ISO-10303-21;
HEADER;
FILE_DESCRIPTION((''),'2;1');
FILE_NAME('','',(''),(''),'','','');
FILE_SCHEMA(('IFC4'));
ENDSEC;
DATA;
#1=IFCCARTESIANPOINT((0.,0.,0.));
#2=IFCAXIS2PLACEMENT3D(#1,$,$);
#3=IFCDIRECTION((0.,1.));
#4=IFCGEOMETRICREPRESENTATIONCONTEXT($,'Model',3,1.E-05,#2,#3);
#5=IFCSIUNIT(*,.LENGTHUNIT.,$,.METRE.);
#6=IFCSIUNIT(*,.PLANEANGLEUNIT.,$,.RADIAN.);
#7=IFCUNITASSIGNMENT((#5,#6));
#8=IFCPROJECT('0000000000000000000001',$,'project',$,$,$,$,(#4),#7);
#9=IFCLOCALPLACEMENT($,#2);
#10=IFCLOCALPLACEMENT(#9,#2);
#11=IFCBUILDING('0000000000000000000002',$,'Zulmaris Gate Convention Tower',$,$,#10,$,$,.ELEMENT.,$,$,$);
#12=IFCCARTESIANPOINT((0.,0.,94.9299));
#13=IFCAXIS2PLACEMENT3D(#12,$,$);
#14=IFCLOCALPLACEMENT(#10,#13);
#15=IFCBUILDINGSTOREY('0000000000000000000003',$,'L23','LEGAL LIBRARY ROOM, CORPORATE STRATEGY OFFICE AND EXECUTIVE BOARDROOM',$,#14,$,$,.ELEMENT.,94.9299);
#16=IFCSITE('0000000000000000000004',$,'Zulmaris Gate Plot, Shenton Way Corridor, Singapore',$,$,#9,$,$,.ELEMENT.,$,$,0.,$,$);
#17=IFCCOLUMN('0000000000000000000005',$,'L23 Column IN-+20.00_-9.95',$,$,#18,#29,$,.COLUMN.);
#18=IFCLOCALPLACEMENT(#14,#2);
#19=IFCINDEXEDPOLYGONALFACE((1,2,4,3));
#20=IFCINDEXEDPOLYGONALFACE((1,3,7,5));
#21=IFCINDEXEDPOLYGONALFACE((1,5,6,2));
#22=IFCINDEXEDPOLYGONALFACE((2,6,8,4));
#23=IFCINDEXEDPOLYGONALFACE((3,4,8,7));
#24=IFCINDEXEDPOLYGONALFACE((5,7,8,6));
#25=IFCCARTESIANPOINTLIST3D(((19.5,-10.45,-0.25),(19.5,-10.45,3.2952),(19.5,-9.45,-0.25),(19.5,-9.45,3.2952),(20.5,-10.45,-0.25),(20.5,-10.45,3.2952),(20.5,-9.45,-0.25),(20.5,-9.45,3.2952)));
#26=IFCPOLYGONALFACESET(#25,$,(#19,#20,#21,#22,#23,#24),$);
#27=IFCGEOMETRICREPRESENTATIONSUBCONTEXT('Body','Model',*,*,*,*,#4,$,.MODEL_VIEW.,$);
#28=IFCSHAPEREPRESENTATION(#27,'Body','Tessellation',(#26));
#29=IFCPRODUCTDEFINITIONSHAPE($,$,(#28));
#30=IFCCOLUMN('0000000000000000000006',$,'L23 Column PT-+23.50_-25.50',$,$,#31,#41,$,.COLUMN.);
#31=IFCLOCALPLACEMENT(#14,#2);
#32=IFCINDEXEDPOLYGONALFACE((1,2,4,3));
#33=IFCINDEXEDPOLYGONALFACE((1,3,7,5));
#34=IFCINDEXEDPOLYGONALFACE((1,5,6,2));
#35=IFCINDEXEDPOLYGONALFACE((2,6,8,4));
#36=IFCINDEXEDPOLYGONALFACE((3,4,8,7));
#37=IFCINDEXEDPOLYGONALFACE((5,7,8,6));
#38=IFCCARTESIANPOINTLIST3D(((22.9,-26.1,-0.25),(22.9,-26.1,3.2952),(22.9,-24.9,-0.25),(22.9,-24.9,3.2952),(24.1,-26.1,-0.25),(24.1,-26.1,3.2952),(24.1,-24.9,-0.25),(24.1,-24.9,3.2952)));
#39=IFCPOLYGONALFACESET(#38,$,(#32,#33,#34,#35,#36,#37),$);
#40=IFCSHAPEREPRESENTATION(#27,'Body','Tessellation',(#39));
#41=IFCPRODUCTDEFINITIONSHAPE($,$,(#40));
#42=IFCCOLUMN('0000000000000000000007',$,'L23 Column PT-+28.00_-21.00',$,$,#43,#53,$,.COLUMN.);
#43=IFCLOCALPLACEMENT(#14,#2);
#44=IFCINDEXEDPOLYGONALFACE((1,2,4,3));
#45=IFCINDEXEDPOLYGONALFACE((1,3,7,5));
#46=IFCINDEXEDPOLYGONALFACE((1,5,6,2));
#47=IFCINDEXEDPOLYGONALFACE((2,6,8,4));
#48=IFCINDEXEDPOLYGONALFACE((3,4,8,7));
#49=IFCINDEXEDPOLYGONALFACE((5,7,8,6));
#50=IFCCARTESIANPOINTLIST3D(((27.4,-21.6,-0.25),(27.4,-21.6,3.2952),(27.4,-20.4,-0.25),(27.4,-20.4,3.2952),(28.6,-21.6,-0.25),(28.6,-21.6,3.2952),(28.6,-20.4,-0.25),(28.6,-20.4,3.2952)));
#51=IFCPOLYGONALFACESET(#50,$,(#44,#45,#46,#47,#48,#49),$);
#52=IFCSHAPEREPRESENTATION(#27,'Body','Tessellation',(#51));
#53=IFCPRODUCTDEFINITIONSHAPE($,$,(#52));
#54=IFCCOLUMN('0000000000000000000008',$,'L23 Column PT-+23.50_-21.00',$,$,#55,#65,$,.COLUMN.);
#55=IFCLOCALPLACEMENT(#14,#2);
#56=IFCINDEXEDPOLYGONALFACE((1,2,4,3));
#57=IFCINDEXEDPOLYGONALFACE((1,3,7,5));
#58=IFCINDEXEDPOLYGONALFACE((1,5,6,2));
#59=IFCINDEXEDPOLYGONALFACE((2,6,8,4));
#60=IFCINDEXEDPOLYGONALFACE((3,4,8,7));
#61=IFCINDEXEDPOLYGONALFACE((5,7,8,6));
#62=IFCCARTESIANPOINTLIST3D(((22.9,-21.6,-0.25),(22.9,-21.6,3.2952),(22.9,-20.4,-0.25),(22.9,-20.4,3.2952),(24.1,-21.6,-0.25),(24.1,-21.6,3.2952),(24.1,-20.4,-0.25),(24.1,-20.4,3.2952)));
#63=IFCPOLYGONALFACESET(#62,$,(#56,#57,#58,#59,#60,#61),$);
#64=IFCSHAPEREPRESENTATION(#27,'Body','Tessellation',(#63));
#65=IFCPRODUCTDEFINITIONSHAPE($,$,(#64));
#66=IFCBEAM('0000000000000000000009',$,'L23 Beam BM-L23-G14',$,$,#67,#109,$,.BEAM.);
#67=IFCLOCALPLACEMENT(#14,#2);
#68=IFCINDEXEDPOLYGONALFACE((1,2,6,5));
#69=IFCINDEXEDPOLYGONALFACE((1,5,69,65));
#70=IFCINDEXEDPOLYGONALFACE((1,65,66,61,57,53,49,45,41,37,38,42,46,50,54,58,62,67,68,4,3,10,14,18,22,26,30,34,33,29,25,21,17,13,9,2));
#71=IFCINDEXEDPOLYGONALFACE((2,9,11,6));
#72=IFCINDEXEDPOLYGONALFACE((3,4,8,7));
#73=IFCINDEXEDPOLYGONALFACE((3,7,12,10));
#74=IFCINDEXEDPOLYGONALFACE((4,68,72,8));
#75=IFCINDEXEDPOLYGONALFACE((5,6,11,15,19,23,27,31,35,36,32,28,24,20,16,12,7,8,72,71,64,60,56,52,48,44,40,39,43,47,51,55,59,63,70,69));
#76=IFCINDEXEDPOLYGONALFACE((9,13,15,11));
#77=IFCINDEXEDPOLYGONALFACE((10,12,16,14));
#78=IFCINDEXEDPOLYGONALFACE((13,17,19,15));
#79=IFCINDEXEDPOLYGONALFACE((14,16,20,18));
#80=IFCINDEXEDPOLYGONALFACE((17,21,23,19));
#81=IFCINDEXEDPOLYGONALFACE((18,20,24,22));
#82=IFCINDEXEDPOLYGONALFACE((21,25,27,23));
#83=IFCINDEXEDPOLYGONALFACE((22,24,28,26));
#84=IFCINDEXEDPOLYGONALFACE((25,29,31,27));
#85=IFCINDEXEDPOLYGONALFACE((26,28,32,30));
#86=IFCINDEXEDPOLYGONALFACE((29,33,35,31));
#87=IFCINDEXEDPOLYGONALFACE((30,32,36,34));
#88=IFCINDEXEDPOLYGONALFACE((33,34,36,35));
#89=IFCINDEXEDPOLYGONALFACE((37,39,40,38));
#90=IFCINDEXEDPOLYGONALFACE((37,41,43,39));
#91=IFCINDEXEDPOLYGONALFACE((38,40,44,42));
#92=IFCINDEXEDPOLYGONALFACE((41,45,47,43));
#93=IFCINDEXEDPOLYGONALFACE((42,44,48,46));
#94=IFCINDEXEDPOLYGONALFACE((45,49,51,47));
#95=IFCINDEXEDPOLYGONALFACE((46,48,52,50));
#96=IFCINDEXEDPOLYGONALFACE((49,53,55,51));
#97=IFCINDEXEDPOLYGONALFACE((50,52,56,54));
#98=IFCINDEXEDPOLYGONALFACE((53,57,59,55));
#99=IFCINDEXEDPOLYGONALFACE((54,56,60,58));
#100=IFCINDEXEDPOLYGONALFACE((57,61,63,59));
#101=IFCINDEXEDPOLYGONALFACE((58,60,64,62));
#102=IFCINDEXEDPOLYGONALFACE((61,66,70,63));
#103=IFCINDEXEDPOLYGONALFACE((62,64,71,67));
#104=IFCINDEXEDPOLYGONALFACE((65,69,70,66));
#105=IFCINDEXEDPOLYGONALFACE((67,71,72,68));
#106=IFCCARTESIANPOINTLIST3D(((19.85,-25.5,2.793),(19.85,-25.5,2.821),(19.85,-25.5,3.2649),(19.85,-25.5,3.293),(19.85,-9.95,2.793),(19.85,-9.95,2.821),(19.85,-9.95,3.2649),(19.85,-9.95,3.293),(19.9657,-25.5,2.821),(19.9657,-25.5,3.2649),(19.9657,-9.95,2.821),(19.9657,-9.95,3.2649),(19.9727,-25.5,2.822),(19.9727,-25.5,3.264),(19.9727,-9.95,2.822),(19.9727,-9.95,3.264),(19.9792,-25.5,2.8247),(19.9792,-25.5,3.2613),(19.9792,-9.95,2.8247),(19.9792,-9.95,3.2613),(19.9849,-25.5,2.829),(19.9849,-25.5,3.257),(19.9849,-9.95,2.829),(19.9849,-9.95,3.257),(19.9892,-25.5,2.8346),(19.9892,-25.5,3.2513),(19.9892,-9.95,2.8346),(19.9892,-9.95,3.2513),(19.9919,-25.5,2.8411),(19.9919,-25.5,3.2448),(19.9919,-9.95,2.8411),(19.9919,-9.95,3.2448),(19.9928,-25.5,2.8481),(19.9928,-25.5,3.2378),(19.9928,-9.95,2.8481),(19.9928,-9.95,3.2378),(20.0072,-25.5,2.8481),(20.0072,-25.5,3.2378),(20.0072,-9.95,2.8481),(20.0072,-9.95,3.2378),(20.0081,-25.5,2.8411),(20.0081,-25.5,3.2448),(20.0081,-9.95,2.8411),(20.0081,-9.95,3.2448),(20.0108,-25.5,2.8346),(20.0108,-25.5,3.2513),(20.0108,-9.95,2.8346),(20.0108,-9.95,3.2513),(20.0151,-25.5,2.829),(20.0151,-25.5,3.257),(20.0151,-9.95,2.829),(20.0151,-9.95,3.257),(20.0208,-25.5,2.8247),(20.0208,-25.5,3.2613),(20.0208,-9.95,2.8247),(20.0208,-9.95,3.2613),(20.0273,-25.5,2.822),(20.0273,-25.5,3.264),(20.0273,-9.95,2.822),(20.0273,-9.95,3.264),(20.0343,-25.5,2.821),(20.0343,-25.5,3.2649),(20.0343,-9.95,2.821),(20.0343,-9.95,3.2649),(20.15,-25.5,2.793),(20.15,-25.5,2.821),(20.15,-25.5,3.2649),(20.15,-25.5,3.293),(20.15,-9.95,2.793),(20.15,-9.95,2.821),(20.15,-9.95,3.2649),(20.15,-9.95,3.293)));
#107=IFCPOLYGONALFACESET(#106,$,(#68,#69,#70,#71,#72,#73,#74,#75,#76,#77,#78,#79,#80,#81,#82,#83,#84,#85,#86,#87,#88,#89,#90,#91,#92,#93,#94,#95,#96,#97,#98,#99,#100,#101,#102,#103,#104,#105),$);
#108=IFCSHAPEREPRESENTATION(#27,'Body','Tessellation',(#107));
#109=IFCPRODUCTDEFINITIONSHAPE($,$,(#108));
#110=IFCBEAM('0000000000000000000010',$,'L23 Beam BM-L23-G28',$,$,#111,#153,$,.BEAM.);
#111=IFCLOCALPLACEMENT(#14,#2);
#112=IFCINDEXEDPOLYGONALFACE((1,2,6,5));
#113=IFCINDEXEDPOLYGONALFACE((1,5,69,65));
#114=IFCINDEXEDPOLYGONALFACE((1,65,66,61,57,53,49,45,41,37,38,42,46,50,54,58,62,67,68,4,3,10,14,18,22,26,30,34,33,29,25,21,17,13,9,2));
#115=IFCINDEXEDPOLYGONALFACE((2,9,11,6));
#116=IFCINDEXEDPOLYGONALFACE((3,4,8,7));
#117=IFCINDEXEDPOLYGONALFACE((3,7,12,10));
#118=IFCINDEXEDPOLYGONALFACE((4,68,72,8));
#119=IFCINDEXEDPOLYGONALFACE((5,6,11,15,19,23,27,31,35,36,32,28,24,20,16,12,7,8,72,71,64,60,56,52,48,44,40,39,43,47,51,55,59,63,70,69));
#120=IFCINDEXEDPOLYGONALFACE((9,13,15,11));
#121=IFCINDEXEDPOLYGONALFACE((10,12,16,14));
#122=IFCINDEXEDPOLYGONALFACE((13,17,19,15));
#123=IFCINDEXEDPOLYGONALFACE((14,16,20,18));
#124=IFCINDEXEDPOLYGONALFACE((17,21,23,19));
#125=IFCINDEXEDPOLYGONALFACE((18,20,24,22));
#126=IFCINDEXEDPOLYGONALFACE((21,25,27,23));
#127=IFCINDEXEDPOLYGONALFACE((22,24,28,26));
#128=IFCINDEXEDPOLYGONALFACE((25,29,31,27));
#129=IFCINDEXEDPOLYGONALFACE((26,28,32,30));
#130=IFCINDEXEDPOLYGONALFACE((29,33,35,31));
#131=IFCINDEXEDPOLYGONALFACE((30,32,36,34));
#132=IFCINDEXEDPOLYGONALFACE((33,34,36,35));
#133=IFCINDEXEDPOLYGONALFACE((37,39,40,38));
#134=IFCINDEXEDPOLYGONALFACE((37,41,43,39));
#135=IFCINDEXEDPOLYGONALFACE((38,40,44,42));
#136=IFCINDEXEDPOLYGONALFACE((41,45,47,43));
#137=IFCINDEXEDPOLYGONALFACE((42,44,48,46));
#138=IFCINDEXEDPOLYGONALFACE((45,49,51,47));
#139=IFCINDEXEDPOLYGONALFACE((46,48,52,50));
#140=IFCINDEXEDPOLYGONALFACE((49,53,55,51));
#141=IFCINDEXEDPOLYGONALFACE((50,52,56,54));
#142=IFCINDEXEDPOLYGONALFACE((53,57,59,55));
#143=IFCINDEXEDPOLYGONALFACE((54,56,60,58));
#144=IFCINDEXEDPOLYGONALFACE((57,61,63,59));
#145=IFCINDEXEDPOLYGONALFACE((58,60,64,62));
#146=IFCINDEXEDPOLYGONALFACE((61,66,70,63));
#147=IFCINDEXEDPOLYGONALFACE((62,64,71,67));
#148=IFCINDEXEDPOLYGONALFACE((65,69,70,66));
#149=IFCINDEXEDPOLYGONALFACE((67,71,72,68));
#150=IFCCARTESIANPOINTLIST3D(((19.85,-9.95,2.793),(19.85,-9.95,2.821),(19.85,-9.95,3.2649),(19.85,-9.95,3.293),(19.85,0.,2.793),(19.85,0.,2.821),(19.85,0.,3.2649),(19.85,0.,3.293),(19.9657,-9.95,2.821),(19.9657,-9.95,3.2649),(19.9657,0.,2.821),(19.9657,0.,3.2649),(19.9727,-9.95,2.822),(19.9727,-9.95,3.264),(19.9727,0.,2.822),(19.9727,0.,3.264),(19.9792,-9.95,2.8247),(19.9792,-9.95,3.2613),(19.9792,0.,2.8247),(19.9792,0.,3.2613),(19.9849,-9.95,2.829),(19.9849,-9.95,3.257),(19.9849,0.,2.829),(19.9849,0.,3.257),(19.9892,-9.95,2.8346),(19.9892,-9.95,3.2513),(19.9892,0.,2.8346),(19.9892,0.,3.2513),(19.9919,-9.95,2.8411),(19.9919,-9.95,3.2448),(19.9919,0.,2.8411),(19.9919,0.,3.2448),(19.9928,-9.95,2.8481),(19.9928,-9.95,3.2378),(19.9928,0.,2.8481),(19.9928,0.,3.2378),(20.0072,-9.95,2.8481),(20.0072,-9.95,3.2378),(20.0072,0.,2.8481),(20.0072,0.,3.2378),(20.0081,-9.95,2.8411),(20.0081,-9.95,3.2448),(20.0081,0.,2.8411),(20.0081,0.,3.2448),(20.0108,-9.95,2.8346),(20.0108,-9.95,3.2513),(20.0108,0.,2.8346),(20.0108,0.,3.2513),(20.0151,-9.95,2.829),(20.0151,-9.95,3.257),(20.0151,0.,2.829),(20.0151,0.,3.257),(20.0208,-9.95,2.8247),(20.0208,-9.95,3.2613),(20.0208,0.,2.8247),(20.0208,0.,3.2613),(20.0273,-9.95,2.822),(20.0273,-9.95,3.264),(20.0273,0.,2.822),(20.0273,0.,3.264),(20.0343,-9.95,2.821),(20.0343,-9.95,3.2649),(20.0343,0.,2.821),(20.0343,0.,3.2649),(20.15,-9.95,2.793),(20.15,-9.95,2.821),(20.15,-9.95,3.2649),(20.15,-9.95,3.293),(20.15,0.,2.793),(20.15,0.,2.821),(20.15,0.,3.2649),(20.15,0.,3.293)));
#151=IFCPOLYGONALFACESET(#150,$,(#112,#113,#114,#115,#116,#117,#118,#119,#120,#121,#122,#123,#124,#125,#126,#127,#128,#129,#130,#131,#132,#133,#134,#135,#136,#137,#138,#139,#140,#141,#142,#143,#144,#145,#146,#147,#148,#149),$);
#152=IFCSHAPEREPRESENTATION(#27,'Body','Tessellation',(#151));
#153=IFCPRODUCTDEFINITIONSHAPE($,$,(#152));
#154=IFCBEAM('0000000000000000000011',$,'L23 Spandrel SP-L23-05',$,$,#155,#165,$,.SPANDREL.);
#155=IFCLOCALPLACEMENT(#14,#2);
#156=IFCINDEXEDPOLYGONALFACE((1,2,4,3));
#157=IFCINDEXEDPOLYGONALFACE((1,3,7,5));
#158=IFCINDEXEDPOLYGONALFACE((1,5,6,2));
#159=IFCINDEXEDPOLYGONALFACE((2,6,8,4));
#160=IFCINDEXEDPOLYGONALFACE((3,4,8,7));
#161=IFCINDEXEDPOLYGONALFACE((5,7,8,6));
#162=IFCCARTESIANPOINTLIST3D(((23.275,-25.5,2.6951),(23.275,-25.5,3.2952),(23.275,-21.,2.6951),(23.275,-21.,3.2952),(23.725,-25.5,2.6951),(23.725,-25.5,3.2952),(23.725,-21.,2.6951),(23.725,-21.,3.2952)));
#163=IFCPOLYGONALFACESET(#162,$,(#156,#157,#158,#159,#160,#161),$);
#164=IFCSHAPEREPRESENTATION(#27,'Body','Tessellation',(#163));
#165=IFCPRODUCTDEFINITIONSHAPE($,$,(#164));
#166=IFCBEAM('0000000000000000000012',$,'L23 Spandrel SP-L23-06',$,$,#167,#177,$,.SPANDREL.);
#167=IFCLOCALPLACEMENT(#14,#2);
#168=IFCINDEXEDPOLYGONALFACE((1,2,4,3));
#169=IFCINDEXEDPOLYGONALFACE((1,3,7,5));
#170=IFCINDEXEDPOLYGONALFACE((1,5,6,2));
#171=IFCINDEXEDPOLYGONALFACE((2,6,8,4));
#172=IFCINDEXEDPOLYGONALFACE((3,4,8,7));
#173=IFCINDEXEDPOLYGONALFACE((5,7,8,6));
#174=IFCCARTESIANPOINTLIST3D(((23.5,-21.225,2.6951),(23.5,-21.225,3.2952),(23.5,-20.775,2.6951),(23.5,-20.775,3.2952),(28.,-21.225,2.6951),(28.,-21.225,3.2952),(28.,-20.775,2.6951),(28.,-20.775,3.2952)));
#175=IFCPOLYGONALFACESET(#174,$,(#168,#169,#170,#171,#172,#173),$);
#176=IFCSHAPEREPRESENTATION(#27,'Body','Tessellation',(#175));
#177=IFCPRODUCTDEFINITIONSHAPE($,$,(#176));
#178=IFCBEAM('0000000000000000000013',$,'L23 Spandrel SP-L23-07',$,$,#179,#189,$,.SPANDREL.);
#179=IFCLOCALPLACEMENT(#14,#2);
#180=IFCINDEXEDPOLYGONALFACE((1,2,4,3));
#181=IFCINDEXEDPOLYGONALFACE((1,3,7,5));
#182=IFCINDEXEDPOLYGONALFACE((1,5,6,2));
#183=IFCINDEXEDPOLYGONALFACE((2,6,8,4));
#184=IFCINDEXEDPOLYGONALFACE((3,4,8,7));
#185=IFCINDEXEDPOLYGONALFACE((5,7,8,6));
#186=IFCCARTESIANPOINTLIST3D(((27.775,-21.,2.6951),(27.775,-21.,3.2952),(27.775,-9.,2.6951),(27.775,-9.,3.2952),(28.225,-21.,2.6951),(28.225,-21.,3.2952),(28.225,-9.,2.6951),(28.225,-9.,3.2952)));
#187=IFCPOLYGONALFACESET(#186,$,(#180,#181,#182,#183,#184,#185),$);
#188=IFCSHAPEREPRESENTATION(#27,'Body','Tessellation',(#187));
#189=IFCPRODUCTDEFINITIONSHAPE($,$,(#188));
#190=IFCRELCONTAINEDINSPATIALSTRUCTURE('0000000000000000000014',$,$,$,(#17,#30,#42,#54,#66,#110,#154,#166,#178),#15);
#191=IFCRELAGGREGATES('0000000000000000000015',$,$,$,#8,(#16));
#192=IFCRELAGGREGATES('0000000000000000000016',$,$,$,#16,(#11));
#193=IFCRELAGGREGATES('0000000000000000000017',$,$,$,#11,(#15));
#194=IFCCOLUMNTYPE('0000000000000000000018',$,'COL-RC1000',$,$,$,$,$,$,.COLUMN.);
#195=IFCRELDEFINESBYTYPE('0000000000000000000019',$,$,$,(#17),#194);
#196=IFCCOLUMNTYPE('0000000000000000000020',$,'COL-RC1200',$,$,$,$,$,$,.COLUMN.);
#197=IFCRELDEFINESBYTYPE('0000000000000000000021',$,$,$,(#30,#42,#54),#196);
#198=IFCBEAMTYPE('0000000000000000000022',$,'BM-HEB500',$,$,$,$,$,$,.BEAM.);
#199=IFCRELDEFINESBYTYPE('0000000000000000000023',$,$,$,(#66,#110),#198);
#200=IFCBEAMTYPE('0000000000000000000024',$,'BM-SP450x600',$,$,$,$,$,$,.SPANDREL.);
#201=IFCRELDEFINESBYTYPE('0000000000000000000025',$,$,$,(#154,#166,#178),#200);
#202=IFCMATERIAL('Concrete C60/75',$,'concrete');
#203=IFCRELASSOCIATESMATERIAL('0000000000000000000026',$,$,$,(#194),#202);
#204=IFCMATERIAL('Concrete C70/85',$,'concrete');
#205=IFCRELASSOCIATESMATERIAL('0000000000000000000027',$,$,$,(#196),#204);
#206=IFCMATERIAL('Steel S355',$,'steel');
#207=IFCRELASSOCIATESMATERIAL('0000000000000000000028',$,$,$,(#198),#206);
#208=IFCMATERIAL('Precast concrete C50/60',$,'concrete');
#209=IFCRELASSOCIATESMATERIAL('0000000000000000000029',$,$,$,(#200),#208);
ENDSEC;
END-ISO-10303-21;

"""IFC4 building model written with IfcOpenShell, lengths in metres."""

from ifc_helpers import new_model, si_unit, direction, frame, origin, origin_2d, place, context, subcontext, project, spatial, rectangle, i_section, extrude, material, material_profile, profile_set, type_object, element, save


model = new_model("IFC4")

# Units and contexts
model_context = context("Model", 3, precision=1e-05, world=origin(), true_north=direction((0.0, 1.0)))
body_context = subcontext(model_context, "Body", "Model", "MODEL_VIEW")
ifc_project = project(units=[si_unit("LENGTHUNIT", "METRE"), si_unit("PLANEANGLEUNIT", "RADIAN")], contexts=[model_context])

# Site, building, storey
site_placement = place(None, origin())
site = spatial("IfcSite", under=ifc_project, at=site_placement, Name="Zulmaris Gate Plot, Shenton Way Corridor, Singapore", CompositionType="ELEMENT", RefElevation=0.0)
building_placement = place(site_placement, origin())
building = spatial("IfcBuilding", under=site, at=building_placement, Name="Zulmaris Gate Convention Tower", CompositionType="ELEMENT")
storey_placement = place(building_placement, frame((0.0, 0.0, 94.9299)))
storey = spatial("IfcBuildingStorey", under=building, at=storey_placement, Name="L23", Description="LEGAL LIBRARY ROOM, CORPORATE STRATEGY OFFICE AND EXECUTIVE BOARDROOM", CompositionType="ELEMENT", Elevation=94.9299)

# Columns
ifc_material_1 = material(Name="Concrete C60/75", Category="concrete")
ifc_material_profile_1 = material_profile(ifc_material_1, rectangle(XDim=1.0, YDim=1.0, at=origin_2d()), Name="RC COL 1000x1000")
ifc_profile_set_1 = profile_set([ifc_material_profile_1], Name="Concrete C60/75")
column_type_1 = type_object("IfcColumnType", Name="COL-RC1000", PredefinedType="COLUMN", material=ifc_profile_set_1)
column_placement = place(storey_placement, frame((20.0, -9.95, -0.25), z_axis=(0.0, 0.0, 1.0), x_axis=(1.0, 0.0, 0.0)))
element("IfcColumn", 1, at=column_placement, inside=storey, type_object=column_type_1, Name="L23 Column IN-+20.00_-9.95", PredefinedType="COLUMN", context=body_context, shape_type="SweptSolid", body=[
    extrude(rectangle(XDim=1.0, YDim=1.0, at=origin_2d()), origin(), (0.0, 0.0, 1.0), 3.5452),
])
ifc_material_2 = material(Name="Concrete C70/85", Category="concrete")
ifc_material_profile_2 = material_profile(ifc_material_2, rectangle(XDim=1.2, YDim=1.2, at=origin_2d()), Name="RC COL 1200x1200")
ifc_profile_set_2 = profile_set([ifc_material_profile_2], Name="Concrete C70/85")
column_type_2 = type_object("IfcColumnType", Name="COL-RC1200", PredefinedType="COLUMN", material=ifc_profile_set_2)
for number, where, z_axis, x_axis, name in (
    (2, (23.5, -25.5, -0.25), (0.0, 0.0, 1.0), (1.0, 0.0, 0.0), "L23 Column PT-+23.50_-25.50"),
    (3, (28.0, -21.0, -0.25), (0.0, 0.0, 1.0), (1.0, 0.0, 0.0), "L23 Column PT-+28.00_-21.00"),
    (4, (23.5, -21.0, -0.25), (0.0, 0.0, 1.0), (1.0, 0.0, 0.0), "L23 Column PT-+23.50_-21.00"),
):
    element("IfcColumn", number, at=place(storey_placement, frame(where, z_axis=z_axis, x_axis=x_axis)), inside=storey, type_object=column_type_2, Name=name, PredefinedType="COLUMN", context=body_context, shape_type="SweptSolid", body=[
        extrude(rectangle(XDim=1.2, YDim=1.2, at=origin_2d()), origin(), (0.0, 0.0, 1.0), 3.5452),
    ])

# Beams
ifc_material_3 = material(Name="Steel S355", Category="steel")
ifc_material_profile_3 = material_profile(ifc_material_3, i_section(OverallWidth=0.3, OverallDepth=0.5, WebThickness=0.0144, FlangeThickness=0.0281, FilletRadius=0.0271, at=origin_2d()), Name="HEB 500")
ifc_profile_set_3 = profile_set([ifc_material_profile_3], Name="Steel S355")
beam_type_1 = type_object("IfcBeamType", Name="BM-HEB500", PredefinedType="BEAM", material=ifc_profile_set_3)
beam_1_placement = place(storey_placement, frame((20.0, -25.5, 3.043), z_axis=(0.0, 1.0, 0.0), x_axis=(-1.0, 0.0, 0.0)))
element("IfcBeam", 5, at=beam_1_placement, inside=storey, type_object=beam_type_1, Name="L23 Beam BM-L23-G14", PredefinedType="BEAM", context=body_context, shape_type="SweptSolid", body=[
    extrude(i_section(OverallWidth=0.3, OverallDepth=0.5, WebThickness=0.0144, FlangeThickness=0.0281, FilletRadius=0.0271, at=origin_2d()), origin(), (0.0, 0.0, 1.0), 15.55),
])
beam_2_placement = place(storey_placement, frame((20.0, -9.95, 3.043), z_axis=(0.0, 1.0, 0.0), x_axis=(-1.0, 0.0, 0.0)))
element("IfcBeam", 6, at=beam_2_placement, inside=storey, type_object=beam_type_1, Name="L23 Beam BM-L23-G28", PredefinedType="BEAM", context=body_context, shape_type="SweptSolid", body=[
    extrude(i_section(OverallWidth=0.3, OverallDepth=0.5, WebThickness=0.0144, FlangeThickness=0.0281, FilletRadius=0.0271, at=origin_2d()), origin(), (0.0, 0.0, 1.0), 9.95),
])
ifc_material_4 = material(Name="Precast concrete C50/60", Category="concrete")
ifc_material_profile_4 = material_profile(ifc_material_4, rectangle(XDim=0.45, YDim=0.6001, at=origin_2d()), Name="RC SPANDREL 450x600")
ifc_profile_set_4 = profile_set([ifc_material_profile_4], Name="Precast concrete C50/60")
beam_type_2 = type_object("IfcBeamType", Name="BM-SP450x600", PredefinedType="SPANDREL", material=ifc_profile_set_4)
for number, where, z_axis, x_axis, name in (
    (7, (23.5, -25.5, 2.9951), (0.0, 1.0, 0.0), (-1.0, 0.0, 0.0), "L23 Spandrel SP-L23-05"),
    (8, (23.5, -21.0, 2.9951), (1.0, 0.0, 0.0), (0.0, 1.0, 0.0), "L23 Spandrel SP-L23-06"),
):
    element("IfcBeam", number, at=place(storey_placement, frame(where, z_axis=z_axis, x_axis=x_axis)), inside=storey, type_object=beam_type_2, Name=name, PredefinedType="SPANDREL", context=body_context, shape_type="SweptSolid", body=[
        extrude(rectangle(XDim=0.45, YDim=0.6001, at=origin_2d()), origin(), (0.0, 0.0, 1.0), 4.5),
    ])
beam_3_placement = place(storey_placement, frame((28.0, -21.0, 2.9951), z_axis=(0.0, 1.0, 0.0), x_axis=(-1.0, 0.0, 0.0)))
element("IfcBeam", 9, at=beam_3_placement, inside=storey, type_object=beam_type_2, Name="L23 Spandrel SP-L23-07", PredefinedType="SPANDREL", context=body_context, shape_type="SweptSolid", body=[
    extrude(rectangle(XDim=0.45, YDim=0.6001, at=origin_2d()), origin(), (0.0, 0.0, 1.0), 12.0),
])

save(model, "model.ifc")
